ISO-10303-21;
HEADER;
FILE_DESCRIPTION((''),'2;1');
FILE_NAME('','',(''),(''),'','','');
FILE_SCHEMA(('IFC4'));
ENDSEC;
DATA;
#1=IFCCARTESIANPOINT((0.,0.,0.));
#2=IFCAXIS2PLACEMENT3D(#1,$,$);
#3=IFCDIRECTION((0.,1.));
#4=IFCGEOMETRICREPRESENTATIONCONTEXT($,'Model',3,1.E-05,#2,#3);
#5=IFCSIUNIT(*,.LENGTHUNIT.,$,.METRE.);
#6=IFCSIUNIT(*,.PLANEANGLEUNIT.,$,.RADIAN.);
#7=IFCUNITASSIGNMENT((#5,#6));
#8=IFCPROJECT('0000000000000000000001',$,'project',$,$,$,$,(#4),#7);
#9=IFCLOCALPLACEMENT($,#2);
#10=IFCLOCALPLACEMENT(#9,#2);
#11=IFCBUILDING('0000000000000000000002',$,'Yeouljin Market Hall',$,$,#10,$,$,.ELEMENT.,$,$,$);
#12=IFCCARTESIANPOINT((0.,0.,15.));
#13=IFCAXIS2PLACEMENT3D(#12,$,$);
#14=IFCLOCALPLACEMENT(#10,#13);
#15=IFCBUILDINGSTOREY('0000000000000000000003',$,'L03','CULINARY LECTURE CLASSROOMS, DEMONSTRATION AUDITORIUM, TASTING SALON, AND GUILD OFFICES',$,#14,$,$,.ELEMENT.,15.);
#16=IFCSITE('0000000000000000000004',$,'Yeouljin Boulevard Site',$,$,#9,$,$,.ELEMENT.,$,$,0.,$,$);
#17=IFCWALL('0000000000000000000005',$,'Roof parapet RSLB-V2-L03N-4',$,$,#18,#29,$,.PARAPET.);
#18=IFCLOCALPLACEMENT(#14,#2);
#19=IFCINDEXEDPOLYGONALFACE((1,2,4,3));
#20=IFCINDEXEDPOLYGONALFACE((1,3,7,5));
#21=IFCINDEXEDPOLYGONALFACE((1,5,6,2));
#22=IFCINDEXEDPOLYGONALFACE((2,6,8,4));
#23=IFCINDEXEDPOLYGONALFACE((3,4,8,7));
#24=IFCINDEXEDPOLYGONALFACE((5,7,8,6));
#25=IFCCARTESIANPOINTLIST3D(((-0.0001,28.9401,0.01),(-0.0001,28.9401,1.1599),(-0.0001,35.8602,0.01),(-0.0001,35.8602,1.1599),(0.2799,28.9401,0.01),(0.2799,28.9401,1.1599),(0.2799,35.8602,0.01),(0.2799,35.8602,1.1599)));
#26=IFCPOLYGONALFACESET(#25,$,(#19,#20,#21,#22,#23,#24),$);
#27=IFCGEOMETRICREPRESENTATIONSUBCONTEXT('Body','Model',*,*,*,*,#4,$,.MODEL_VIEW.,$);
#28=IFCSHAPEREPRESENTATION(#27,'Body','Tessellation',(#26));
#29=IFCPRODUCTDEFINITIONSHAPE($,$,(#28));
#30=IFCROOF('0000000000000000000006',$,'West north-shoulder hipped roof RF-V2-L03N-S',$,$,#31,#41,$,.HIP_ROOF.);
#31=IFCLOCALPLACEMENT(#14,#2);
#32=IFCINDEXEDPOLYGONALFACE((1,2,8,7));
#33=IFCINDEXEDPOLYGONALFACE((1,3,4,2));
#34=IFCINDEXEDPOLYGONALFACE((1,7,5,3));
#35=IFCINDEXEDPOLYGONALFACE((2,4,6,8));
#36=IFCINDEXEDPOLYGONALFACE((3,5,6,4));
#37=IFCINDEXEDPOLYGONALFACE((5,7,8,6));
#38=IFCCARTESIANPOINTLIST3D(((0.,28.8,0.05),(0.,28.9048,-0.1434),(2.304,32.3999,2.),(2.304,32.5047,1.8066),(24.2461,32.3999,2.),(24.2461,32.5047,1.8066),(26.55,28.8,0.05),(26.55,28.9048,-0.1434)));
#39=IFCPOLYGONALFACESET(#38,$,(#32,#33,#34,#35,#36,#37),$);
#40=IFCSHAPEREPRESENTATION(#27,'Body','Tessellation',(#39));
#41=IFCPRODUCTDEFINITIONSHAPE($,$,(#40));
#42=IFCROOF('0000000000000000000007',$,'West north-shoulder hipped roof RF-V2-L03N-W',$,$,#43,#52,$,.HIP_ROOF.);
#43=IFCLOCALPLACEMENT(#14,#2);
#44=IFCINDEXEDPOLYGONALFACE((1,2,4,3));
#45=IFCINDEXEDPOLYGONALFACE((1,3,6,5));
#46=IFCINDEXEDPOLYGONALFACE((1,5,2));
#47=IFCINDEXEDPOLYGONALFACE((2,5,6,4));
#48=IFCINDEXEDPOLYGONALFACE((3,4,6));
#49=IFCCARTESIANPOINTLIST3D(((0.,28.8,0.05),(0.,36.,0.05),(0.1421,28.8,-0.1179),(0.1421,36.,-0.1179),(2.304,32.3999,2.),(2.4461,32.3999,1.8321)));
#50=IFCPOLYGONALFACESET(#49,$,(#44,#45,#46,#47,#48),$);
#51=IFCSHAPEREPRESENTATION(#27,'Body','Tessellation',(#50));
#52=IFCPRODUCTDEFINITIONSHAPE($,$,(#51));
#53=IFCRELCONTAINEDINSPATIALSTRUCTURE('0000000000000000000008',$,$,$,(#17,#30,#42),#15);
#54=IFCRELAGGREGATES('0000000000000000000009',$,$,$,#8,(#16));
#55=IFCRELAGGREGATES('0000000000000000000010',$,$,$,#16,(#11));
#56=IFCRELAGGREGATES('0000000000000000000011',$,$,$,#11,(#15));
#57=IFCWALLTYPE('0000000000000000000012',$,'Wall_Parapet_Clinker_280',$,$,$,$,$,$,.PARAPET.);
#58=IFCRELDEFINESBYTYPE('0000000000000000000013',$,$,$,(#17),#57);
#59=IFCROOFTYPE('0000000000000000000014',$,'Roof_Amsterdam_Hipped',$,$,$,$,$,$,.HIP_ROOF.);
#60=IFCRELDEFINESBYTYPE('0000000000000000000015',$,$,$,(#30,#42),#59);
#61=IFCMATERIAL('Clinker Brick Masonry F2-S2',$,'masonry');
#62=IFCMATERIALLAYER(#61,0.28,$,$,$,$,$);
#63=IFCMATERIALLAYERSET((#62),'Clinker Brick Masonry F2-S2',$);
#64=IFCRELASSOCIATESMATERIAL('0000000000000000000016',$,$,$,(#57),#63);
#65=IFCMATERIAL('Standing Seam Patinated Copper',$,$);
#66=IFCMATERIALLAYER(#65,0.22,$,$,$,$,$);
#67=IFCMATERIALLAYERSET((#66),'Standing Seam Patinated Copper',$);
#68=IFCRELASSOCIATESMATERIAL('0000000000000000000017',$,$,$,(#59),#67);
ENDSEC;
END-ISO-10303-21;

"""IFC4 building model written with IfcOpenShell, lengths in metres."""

from ifc_helpers import new_model, si_unit, direction, frame, frame_2d, origin, place, context, subcontext, project, spatial, polyline, rectangle, outline, extrude, material, layer, layer_set, type_object, element, save


model = new_model("IFC4")

# Units and contexts
model_context = context("Model", 3, precision=1e-05, world=origin(), true_north=direction((0.0, 1.0)))
body_context = subcontext(model_context, "Body", "Model", "MODEL_VIEW")
ifc_project = project(units=[si_unit("LENGTHUNIT", "METRE"), si_unit("PLANEANGLEUNIT", "RADIAN")], contexts=[model_context])

# Site, building, storey
site_placement = place(None, origin())
site = spatial("IfcSite", under=ifc_project, at=site_placement, Name="Yeouljin Boulevard Site", CompositionType="ELEMENT", RefElevation=0.0)
building_placement = place(site_placement, origin())
building = spatial("IfcBuilding", under=site, at=building_placement, Name="Yeouljin Market Hall", CompositionType="ELEMENT")
storey_placement = place(building_placement, frame((0.0, 0.0, 15.0)))
storey = spatial("IfcBuildingStorey", under=building, at=storey_placement, Name="L03", Description="CULINARY LECTURE CLASSROOMS, DEMONSTRATION AUDITORIUM, TASTING SALON, AND GUILD OFFICES", CompositionType="ELEMENT", Elevation=15.0)

# Wall
ifc_material_1 = material(Name="Clinker Brick Masonry F2-S2", Category="masonry")
ifc_layer_1 = layer(ifc_material_1, 0.28)
ifc_layer_set_1 = layer_set([ifc_layer_1], Name="Clinker Brick Masonry F2-S2")
wall_type = type_object("IfcWallType", Name="Wall_Parapet_Clinker_280", PredefinedType="PARAPET", material=ifc_layer_set_1)
wall_1_placement = place(storey_placement, frame((0.1399, 35.8601, 0.01), z_axis=(0.0, 0.0, 1.0), x_axis=(0.0, -1.0, 0.0)))
element("IfcWall", 1, at=wall_1_placement, inside=storey, type_object=wall_type, Name="Roof parapet RSLB-V2-L03N-4", PredefinedType="PARAPET", context=body_context, shape_type="SweptSolid", body=[
    extrude(rectangle(XDim=6.9202, YDim=0.28, at=frame_2d((3.46, 0.0))), origin(), (0.0, 0.0, 1.0), 1.1499),
])

# Roofs
ifc_material_2 = material(Name="Standing Seam Patinated Copper")
ifc_layer_2 = layer(ifc_material_2, 0.22)
ifc_layer_set_2 = layer_set([ifc_layer_2], Name="Standing Seam Patinated Copper")
roof_type = type_object("IfcRoofType", Name="Roof_Amsterdam_Hipped", PredefinedType="HIP_ROOF", material=ifc_layer_set_2)
roof_1_placement = place(storey_placement, frame((0.0, 28.8, 0.05), z_axis=(0.0, -0.476289, 0.879289), x_axis=(1.0, 0.0, 0.0)))
element("IfcRoof", 2, at=roof_1_placement, inside=storey, type_object=roof_type, Name="West north-shoulder hipped roof RF-V2-L03N-S", PredefinedType="HIP_ROOF", context=body_context, shape_type="SweptSolid", body=[
    extrude(outline(polyline([(0.0, 0.0), (26.55, 0.0), (24.2461, 4.0941), (2.304, 4.0941), (0.0, 0.0)])), origin(), (0.0, 0.0, -1.0), 0.22),
])
roof_2_placement = place(storey_placement, frame((0.0, 36.0, 0.05), z_axis=(-0.646029, 0.0, 0.763313), x_axis=(0.0, -1.0, 0.0)))
element("IfcRoof", 3, at=roof_2_placement, inside=storey, type_object=roof_type, Name="West north-shoulder hipped roof RF-V2-L03N-W", PredefinedType="HIP_ROOF", context=body_context, shape_type="SweptSolid", body=[
    extrude(outline(polyline([(0.0, 0.0), (7.2, 0.0), (3.6001, 3.0184), (0.0, 0.0)])), origin(), (0.0, 0.0, -1.0), 0.22),
])

save(model, "model.ifc")
